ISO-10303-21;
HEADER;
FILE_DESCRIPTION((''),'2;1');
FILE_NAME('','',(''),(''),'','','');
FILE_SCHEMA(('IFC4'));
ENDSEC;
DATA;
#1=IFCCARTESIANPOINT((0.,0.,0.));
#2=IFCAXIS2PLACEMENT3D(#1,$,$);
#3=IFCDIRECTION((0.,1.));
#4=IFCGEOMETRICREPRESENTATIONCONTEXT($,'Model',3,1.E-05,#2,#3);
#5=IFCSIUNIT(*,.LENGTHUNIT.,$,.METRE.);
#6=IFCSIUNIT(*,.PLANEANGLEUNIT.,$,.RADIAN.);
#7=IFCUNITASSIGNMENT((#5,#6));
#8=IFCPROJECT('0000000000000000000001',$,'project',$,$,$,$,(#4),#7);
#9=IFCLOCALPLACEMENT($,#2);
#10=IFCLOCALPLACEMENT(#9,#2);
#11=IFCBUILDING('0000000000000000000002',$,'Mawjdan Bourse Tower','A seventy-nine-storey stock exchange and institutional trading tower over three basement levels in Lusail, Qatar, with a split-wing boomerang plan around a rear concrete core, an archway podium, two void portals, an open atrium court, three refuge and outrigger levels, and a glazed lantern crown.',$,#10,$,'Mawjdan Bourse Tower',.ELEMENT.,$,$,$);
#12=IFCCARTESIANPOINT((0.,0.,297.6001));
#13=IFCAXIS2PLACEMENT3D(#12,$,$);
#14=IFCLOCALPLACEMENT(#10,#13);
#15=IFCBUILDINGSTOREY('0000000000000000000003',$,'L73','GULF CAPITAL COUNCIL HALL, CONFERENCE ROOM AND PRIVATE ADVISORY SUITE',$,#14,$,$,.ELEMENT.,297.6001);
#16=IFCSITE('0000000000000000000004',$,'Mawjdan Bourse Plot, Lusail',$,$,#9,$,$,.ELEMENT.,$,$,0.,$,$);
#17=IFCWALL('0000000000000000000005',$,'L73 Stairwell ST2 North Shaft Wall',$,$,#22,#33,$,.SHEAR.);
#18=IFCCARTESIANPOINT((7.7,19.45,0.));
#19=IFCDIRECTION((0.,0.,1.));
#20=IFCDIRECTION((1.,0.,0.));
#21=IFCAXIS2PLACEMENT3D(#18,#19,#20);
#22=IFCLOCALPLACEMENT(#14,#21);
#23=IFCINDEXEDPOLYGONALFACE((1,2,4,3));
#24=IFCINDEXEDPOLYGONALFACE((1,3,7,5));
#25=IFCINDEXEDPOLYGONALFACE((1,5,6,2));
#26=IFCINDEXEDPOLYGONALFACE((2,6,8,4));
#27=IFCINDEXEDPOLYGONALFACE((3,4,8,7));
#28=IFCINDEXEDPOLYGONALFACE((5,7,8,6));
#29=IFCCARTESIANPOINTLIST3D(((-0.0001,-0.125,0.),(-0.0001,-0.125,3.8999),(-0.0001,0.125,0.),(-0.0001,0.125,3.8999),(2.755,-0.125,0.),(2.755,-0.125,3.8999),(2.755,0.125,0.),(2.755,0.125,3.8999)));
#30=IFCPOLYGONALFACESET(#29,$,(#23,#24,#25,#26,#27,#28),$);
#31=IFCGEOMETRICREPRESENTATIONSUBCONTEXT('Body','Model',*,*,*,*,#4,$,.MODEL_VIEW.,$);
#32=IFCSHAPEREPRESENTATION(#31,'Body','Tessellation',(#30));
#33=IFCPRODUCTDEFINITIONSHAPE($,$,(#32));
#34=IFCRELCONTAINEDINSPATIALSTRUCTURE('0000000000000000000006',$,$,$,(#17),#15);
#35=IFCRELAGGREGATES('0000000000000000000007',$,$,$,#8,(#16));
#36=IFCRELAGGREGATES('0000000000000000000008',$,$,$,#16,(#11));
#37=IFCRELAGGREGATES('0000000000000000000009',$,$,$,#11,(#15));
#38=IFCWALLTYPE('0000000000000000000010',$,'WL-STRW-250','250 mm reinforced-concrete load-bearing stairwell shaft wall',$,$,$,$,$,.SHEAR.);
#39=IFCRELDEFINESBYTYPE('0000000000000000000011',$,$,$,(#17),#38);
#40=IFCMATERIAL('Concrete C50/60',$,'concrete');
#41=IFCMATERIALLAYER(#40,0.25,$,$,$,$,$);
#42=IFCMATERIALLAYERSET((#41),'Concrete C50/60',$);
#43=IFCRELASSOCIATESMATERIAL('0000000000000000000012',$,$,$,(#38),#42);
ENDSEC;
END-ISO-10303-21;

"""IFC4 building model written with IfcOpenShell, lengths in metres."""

from ifc_helpers import new_model, si_unit, direction, frame, frame_2d, origin, place, context, subcontext, project, spatial, rectangle, extrude, material, layer, layer_set, type_object, element, save


model = new_model("IFC4")

# Units and contexts
model_context = context("Model", 3, precision=1e-05, world=origin(), true_north=direction((0.0, 1.0)))
body_context = subcontext(model_context, "Body", "Model", "MODEL_VIEW")
ifc_project = project(units=[si_unit("LENGTHUNIT", "METRE"), si_unit("PLANEANGLEUNIT", "RADIAN")], contexts=[model_context])

# Site, building, storey
site_placement = place(None, origin())
site = spatial("IfcSite", under=ifc_project, at=site_placement, Name="Mawjdan Bourse Plot, Lusail", CompositionType="ELEMENT", RefElevation=0.0)
building_placement = place(site_placement, origin())
building = spatial("IfcBuilding", under=site, at=building_placement, Name="Mawjdan Bourse Tower", Description="A seventy-nine-storey stock exchange and institutional trading tower over three basement levels in Lusail, Qatar, with a split-wing boomerang plan around a rear concrete core, an archway podium, two void portals, an open atrium court, three refuge and outrigger levels, and a glazed lantern crown.", LongName="Mawjdan Bourse Tower", CompositionType="ELEMENT")
storey_placement = place(building_placement, frame((0.0, 0.0, 297.6001)))
storey = spatial("IfcBuildingStorey", under=building, at=storey_placement, Name="L73", Description="GULF CAPITAL COUNCIL HALL, CONFERENCE ROOM AND PRIVATE ADVISORY SUITE", CompositionType="ELEMENT", Elevation=297.6001)

# Wall
ifc_material_1 = material(Name="Concrete C50/60", Category="concrete")
ifc_layer_1 = layer(ifc_material_1, 0.25)
ifc_layer_set_1 = layer_set([ifc_layer_1], Name="Concrete C50/60")
wall_type_1 = type_object("IfcWallType", Name="WL-STRW-250", Description="250 mm reinforced-concrete load-bearing stairwell shaft wall", PredefinedType="SHEAR", material=ifc_layer_set_1)
wall_1_placement = place(storey_placement, frame((7.7, 19.45, 0.0), z_axis=(0.0, 0.0, 1.0), x_axis=(1.0, 0.0, 0.0)))
element("IfcWall", 1, at=wall_1_placement, inside=storey, type_object=wall_type_1, Name="L73 Stairwell ST2 North Shaft Wall", PredefinedType="SHEAR", context=body_context, shape_type="SweptSolid", body=[
    extrude(rectangle(XDim=2.7551, YDim=0.25, at=frame_2d((1.3774, 0.0))), origin(), (0.0, 0.0, 1.0), 3.8999),
])

save(model, "model.ifc")
